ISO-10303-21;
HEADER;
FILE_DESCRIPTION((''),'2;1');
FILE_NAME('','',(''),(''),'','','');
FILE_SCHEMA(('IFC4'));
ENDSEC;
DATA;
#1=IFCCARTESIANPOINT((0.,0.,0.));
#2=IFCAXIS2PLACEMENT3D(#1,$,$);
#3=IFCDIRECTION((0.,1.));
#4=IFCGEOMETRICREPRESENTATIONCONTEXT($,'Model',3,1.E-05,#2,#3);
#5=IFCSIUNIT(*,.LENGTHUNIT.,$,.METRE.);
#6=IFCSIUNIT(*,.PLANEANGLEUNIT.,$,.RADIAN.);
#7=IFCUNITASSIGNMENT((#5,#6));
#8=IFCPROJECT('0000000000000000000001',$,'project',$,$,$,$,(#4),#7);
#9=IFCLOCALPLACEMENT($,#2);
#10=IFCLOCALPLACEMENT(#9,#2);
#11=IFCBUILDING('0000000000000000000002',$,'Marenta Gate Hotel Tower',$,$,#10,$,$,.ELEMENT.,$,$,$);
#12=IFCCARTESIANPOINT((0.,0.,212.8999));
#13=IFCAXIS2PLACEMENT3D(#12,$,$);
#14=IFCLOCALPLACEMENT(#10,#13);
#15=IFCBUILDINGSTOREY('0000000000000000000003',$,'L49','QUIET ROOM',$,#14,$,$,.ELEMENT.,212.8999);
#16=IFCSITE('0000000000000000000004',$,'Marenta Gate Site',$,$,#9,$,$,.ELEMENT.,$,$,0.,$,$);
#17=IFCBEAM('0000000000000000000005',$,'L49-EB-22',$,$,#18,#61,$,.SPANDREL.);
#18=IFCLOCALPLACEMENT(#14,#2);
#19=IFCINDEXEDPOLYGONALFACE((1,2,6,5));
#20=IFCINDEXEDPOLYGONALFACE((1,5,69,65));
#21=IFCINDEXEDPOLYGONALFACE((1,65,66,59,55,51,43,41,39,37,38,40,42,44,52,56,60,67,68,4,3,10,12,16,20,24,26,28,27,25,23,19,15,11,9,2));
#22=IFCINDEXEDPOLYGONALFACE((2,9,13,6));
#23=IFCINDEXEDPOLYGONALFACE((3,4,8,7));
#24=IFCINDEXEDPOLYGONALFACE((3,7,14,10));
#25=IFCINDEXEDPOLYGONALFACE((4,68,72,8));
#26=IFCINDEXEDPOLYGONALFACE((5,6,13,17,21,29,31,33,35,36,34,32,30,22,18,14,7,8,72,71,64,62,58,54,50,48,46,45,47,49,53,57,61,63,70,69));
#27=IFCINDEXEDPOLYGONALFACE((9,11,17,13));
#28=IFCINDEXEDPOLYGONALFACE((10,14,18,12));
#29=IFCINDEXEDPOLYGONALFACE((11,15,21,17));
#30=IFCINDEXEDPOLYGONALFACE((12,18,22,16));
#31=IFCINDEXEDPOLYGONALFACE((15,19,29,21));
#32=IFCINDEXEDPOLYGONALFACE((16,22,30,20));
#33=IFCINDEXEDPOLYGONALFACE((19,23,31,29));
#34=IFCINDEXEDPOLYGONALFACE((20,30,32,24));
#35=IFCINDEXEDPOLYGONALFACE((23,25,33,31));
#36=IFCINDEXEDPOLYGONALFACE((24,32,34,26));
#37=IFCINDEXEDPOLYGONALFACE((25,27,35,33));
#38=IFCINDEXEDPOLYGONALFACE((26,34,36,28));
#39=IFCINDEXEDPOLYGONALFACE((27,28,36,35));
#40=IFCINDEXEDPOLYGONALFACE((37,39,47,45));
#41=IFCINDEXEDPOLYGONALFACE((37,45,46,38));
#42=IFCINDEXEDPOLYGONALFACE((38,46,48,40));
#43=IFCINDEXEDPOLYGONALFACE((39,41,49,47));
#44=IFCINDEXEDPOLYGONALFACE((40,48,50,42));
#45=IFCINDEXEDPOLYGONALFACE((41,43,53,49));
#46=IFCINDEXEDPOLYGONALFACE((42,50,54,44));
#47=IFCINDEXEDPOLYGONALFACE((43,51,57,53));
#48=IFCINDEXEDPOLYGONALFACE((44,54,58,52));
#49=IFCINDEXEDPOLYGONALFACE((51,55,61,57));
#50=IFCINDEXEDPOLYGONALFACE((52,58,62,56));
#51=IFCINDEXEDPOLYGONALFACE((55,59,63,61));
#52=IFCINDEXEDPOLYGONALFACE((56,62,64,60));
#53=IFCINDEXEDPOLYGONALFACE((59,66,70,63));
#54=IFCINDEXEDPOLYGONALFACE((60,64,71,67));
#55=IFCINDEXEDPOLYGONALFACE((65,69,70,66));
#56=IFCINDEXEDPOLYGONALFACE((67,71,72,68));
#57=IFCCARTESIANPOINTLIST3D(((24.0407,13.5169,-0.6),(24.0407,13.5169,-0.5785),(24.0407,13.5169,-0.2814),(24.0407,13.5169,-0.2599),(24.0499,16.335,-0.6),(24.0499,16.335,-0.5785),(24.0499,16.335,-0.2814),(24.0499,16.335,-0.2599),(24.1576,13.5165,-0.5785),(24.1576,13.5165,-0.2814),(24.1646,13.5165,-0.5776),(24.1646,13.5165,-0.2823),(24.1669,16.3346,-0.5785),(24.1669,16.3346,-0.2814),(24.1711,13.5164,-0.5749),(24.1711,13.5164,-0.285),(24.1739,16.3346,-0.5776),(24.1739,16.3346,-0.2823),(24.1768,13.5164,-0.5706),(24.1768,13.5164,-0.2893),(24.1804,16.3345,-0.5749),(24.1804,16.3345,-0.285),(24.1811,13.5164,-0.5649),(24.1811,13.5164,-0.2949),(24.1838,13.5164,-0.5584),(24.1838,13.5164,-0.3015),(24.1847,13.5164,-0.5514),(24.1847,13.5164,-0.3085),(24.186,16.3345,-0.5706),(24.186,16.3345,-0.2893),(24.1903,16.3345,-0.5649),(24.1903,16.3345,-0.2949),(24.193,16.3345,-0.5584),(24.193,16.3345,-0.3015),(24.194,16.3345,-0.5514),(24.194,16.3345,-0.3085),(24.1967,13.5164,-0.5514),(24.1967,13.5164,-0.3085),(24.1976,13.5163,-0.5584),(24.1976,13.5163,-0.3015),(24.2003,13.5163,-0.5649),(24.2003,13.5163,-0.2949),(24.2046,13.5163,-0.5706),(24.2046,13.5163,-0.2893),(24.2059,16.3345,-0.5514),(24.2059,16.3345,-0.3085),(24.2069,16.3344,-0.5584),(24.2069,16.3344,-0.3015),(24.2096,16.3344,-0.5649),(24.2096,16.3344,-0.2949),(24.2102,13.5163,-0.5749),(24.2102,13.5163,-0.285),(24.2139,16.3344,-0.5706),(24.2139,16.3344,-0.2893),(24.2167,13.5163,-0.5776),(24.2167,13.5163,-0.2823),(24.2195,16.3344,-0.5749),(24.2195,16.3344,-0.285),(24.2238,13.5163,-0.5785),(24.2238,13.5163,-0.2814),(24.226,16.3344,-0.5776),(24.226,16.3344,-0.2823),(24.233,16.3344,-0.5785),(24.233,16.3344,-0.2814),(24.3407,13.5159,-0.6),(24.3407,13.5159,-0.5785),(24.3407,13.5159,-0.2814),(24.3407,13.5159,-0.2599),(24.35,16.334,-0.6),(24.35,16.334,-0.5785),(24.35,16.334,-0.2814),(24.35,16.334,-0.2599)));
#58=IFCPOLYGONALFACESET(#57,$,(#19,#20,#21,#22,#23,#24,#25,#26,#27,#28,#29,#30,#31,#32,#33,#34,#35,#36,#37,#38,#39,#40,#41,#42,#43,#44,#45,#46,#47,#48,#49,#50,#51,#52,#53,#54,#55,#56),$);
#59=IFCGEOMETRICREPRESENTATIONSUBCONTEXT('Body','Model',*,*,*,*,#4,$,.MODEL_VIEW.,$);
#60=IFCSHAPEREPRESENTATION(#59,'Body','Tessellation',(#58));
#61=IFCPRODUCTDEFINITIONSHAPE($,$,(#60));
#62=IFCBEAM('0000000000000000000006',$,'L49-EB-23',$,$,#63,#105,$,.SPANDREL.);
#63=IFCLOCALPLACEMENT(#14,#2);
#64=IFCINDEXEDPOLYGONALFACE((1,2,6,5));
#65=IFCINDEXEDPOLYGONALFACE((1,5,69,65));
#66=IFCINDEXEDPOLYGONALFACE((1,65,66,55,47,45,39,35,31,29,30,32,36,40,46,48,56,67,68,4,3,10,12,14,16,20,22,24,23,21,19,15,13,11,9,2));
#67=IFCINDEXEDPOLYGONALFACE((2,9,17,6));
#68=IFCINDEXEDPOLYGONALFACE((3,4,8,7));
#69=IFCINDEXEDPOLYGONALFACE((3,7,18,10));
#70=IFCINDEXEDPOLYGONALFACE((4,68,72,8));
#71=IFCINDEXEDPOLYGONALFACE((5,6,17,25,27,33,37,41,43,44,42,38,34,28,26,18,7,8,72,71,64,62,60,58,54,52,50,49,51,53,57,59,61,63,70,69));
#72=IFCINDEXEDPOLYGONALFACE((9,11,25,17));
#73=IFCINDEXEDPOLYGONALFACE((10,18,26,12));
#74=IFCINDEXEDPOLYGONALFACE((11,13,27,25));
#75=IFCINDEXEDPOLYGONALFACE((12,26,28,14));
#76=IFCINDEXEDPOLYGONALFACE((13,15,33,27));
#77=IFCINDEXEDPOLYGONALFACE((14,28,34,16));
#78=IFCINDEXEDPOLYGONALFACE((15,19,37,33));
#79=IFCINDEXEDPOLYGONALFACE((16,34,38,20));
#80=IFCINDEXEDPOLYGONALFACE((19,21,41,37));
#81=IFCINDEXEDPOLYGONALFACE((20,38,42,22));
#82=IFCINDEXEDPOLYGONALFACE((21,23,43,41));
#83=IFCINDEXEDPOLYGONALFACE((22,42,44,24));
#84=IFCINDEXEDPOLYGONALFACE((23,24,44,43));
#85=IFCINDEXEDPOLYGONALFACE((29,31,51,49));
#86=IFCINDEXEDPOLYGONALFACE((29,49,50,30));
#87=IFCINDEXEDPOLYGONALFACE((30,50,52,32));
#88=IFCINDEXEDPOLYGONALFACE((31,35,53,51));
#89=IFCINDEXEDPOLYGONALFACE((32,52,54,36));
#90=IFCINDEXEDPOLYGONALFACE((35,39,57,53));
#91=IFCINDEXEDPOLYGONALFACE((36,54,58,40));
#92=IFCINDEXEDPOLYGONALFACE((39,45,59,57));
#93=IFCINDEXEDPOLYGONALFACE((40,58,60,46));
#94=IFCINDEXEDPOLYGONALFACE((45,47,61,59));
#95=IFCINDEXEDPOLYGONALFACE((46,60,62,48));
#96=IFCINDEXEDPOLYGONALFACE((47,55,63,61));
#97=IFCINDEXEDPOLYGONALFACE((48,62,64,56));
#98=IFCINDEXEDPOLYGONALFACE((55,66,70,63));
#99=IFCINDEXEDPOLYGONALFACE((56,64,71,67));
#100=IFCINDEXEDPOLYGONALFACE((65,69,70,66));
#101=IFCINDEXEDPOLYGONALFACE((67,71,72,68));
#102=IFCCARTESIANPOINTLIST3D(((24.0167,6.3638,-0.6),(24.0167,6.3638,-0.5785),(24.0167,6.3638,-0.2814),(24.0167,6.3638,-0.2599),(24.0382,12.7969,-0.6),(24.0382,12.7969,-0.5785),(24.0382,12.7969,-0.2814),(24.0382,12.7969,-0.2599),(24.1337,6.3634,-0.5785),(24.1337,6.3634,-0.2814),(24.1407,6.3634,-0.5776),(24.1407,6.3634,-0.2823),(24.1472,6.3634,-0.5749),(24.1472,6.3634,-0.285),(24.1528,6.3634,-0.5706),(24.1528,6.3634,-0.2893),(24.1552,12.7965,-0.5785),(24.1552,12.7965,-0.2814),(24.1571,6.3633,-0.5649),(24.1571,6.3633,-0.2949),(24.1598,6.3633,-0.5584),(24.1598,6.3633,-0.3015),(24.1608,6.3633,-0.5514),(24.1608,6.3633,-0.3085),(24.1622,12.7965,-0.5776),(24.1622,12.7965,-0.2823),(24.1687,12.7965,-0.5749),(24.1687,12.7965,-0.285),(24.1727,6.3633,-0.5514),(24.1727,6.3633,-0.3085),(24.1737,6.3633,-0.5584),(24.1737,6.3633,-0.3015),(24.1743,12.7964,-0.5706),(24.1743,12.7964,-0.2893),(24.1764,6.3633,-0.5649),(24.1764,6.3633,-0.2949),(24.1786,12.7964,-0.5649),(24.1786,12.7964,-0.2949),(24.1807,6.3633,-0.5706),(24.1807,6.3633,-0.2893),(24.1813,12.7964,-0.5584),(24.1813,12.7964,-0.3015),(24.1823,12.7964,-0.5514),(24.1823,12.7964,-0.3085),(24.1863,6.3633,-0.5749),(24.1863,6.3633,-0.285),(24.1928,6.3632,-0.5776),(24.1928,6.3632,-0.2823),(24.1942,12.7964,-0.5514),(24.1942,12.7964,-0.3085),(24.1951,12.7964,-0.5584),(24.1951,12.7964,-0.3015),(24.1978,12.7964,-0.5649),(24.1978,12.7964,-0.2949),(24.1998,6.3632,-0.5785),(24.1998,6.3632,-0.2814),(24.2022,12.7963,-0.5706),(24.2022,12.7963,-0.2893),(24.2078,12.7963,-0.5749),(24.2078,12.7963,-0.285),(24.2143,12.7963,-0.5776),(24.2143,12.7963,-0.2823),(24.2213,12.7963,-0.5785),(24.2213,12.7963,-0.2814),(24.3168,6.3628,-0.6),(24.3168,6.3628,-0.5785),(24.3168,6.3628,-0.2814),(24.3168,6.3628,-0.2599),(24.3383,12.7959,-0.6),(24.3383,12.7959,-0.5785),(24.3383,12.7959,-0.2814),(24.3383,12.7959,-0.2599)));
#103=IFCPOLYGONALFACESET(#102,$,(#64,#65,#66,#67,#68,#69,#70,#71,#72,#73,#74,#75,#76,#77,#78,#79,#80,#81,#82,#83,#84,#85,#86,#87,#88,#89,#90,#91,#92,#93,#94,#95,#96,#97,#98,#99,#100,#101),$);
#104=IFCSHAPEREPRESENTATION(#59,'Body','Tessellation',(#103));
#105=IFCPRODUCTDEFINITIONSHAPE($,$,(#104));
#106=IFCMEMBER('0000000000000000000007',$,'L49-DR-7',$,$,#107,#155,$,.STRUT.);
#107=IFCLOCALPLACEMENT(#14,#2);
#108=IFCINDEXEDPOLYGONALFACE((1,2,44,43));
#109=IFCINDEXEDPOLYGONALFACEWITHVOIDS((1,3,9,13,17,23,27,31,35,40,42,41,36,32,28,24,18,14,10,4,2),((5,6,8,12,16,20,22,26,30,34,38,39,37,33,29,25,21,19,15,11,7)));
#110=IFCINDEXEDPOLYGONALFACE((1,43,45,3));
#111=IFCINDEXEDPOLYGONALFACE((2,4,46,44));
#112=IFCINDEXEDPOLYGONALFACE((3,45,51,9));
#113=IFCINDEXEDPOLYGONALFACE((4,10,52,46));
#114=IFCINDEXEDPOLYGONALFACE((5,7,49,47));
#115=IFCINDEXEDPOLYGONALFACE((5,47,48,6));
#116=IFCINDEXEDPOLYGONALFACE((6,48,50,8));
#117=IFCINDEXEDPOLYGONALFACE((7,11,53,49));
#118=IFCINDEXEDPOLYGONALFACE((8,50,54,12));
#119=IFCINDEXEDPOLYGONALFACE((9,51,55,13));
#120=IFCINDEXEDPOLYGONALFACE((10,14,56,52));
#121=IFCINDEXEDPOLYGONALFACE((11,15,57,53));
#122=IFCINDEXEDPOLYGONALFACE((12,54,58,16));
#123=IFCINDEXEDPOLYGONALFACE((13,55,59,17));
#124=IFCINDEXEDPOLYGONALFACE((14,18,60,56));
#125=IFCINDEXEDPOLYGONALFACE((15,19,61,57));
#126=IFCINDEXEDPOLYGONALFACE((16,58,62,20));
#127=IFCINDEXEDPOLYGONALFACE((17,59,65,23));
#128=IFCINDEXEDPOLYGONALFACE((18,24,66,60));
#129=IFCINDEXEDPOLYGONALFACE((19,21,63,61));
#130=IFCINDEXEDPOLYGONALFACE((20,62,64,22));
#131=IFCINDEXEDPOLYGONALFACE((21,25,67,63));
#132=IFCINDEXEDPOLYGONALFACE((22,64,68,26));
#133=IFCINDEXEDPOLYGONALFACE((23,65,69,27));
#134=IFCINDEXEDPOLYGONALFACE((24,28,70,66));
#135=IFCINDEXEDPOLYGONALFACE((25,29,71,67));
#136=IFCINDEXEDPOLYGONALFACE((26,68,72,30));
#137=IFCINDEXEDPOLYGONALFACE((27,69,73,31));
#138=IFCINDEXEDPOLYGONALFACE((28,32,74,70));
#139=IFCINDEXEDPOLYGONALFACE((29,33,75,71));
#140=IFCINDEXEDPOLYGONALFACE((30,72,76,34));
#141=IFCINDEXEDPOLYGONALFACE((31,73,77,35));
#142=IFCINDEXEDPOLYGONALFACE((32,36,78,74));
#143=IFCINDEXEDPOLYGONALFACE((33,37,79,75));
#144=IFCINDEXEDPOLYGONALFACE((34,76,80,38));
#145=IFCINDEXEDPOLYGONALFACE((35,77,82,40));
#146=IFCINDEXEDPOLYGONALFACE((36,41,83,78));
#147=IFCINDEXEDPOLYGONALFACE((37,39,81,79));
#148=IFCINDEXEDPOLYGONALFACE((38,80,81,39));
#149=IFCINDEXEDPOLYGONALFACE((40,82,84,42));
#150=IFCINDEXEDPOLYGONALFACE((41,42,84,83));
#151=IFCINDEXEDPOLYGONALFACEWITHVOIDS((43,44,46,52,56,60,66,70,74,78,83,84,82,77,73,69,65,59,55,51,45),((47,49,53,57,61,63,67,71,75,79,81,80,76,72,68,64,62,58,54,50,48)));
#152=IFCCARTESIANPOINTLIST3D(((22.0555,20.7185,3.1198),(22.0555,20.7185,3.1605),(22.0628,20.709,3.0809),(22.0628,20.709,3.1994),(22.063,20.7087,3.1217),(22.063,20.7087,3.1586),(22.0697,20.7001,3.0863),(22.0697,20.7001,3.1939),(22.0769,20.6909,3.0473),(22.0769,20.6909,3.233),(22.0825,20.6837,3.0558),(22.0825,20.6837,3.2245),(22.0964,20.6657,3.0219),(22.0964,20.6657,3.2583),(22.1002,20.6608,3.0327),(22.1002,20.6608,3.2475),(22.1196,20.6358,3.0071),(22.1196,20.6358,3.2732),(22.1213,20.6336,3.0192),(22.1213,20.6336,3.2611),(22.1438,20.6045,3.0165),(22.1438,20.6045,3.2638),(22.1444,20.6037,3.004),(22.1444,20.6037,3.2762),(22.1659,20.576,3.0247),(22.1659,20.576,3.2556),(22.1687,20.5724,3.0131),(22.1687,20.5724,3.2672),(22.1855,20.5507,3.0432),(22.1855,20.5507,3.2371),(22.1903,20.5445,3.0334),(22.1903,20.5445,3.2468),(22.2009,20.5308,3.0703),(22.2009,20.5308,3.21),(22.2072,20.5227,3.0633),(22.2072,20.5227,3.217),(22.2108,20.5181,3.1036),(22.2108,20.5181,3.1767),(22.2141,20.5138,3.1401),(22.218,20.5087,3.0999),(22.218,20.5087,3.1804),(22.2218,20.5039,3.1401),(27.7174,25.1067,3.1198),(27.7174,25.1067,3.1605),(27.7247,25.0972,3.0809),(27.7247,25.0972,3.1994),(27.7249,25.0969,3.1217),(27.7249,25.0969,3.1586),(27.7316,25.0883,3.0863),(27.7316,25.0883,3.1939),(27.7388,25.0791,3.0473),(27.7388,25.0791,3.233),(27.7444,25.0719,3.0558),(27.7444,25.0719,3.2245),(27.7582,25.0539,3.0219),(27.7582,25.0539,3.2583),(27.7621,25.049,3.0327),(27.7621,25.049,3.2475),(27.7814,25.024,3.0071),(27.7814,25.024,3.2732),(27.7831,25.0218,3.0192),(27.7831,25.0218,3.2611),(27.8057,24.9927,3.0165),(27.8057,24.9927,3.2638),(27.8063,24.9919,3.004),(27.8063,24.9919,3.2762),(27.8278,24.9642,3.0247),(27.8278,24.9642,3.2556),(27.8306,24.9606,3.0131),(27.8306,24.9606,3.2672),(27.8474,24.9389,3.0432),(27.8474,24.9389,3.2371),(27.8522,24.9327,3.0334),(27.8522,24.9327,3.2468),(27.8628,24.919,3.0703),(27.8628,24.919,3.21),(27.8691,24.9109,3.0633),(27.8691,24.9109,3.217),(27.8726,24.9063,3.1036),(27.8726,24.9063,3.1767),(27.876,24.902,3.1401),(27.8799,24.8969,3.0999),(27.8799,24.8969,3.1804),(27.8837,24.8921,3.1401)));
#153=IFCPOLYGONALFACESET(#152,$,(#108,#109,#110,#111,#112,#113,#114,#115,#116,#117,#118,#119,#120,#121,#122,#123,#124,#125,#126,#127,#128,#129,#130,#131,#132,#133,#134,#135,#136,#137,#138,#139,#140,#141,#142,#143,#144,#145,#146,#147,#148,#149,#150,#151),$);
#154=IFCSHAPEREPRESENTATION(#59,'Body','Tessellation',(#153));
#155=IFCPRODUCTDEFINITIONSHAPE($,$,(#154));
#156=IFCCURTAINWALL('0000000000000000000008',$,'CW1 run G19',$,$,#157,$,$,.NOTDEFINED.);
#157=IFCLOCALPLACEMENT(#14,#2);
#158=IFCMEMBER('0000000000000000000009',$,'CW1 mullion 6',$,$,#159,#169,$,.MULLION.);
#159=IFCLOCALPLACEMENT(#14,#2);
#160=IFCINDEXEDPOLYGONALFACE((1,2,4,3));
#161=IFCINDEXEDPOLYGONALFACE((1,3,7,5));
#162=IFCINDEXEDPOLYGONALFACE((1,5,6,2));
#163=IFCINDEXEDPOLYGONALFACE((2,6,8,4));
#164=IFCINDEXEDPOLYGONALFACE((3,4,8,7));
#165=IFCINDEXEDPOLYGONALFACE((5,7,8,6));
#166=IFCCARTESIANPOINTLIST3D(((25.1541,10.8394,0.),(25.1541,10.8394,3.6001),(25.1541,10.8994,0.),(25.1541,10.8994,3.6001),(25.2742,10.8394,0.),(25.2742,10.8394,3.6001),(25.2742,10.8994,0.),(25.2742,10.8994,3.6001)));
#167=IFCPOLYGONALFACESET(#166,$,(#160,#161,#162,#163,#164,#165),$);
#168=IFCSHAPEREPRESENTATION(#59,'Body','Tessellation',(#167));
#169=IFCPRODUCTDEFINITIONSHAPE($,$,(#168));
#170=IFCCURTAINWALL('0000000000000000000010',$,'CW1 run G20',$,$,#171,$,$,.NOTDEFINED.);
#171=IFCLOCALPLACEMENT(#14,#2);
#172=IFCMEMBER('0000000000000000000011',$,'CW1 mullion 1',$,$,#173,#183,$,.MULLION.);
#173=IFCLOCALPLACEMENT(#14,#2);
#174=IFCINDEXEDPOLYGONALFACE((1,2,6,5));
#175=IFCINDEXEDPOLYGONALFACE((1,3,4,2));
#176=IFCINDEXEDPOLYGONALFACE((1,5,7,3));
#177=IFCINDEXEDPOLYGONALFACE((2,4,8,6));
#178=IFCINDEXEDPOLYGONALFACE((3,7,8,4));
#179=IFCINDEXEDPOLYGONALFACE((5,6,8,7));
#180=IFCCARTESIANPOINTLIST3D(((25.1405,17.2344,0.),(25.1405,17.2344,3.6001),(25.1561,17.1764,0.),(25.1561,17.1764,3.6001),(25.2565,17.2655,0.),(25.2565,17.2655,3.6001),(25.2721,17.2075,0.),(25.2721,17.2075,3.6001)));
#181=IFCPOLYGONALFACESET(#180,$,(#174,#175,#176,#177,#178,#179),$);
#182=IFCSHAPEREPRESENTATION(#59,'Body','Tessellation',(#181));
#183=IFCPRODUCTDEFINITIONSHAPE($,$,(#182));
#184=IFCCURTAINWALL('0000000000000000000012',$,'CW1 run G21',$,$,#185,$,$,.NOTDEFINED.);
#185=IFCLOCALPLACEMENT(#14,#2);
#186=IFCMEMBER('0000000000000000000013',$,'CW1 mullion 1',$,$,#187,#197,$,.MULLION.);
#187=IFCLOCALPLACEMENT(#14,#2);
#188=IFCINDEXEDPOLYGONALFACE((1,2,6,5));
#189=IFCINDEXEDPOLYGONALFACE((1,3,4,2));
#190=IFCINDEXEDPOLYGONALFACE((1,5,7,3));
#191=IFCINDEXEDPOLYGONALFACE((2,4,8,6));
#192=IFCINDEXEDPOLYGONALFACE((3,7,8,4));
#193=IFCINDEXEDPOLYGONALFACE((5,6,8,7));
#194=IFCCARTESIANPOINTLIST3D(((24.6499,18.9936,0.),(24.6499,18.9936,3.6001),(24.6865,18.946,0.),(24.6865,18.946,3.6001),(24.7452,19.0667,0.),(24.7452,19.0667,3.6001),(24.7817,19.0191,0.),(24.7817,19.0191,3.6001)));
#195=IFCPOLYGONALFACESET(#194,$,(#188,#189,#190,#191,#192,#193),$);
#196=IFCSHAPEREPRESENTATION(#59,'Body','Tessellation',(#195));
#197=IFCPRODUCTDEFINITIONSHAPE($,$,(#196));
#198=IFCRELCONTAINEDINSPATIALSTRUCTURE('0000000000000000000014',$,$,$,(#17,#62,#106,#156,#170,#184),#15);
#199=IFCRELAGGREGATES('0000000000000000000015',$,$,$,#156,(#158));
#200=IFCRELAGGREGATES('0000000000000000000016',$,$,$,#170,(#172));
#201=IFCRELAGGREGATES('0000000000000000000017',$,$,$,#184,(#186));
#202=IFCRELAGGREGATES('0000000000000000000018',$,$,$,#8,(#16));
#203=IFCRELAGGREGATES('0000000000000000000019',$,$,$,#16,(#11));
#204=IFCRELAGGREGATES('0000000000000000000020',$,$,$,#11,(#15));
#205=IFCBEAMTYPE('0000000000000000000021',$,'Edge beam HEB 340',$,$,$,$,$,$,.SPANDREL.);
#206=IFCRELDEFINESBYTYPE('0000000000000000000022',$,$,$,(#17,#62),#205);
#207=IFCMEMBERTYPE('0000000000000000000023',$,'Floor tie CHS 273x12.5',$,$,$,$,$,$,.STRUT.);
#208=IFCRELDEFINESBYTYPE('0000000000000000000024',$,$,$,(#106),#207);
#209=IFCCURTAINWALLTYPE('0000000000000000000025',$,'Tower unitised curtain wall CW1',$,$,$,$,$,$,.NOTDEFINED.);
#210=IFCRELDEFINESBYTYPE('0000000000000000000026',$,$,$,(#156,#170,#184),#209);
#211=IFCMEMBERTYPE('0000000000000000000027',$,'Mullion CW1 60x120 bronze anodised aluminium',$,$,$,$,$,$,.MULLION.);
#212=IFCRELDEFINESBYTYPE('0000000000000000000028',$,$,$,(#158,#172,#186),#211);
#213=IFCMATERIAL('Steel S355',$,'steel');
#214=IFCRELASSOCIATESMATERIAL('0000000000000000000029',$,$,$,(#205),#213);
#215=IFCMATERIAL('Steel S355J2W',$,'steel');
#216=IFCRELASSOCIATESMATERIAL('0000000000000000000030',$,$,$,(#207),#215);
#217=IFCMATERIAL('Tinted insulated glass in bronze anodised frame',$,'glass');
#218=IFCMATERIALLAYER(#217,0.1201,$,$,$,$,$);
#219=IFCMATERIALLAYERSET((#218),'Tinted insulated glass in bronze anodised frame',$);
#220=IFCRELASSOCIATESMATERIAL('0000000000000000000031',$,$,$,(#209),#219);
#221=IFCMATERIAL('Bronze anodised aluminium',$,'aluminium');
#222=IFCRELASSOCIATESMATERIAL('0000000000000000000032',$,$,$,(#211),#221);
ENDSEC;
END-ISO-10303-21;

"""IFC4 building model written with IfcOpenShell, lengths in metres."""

from ifc_helpers import new_model, si_unit, direction, frame, origin, origin_2d, place, context, subcontext, project, spatial, rectangle, hollow_circle, i_section, extrude, material, layer, layer_set, material_profile, profile_set, type_object, element, aggregate, save


model = new_model("IFC4")

# Units and contexts
model_context = context("Model", 3, precision=1e-05, world=origin(), true_north=direction((0.0, 1.0)))
body_context = subcontext(model_context, "Body", "Model", "MODEL_VIEW")
ifc_project = project(units=[si_unit("LENGTHUNIT", "METRE"), si_unit("PLANEANGLEUNIT", "RADIAN")], contexts=[model_context])

# Site, building, storey
site_placement = place(None, origin())
site = spatial("IfcSite", under=ifc_project, at=site_placement, Name="Marenta Gate Site", CompositionType="ELEMENT", RefElevation=0.0)
building_placement = place(site_placement, origin())
building = spatial("IfcBuilding", under=site, at=building_placement, Name="Marenta Gate Hotel Tower", CompositionType="ELEMENT")
storey_placement = place(building_placement, frame((0.0, 0.0, 212.8999)))
storey = spatial("IfcBuildingStorey", under=building, at=storey_placement, Name="L49", Description="QUIET ROOM", CompositionType="ELEMENT", Elevation=212.8999)

# Beams
ifc_material_1 = material(Name="Steel S355", Category="steel")
ifc_material_profile_1 = material_profile(ifc_material_1, i_section(OverallWidth=0.3, OverallDepth=0.3401, WebThickness=0.012, FlangeThickness=0.0215, FilletRadius=0.0271, at=origin_2d()), Name="HEB 340")
ifc_profile_set_1 = profile_set([ifc_material_profile_1], Name="Steel S355")
beam_type = type_object("IfcBeamType", Name="Edge beam HEB 340", PredefinedType="SPANDREL", material=ifc_profile_set_1)
beam_1_placement = place(storey_placement, frame((24.2, 16.3345, -0.4299), z_axis=(-0.003292, -0.999995, 0.0), x_axis=(0.999995, -0.003292, 0.0)))
element("IfcBeam", 1, at=beam_1_placement, inside=storey, type_object=beam_type, Name="L49-EB-22", PredefinedType="SPANDREL", context=body_context, shape_type="SweptSolid", body=[
    extrude(i_section(OverallWidth=0.3, OverallDepth=0.3401, WebThickness=0.012, FlangeThickness=0.0215, FilletRadius=0.0271, at=origin_2d()), origin(), (0.0, 0.0, 1.0), 2.8181),
])
beam_2_placement = place(storey_placement, frame((24.1882, 12.7964, -0.4299), z_axis=(-0.00334, -0.999994, 0.0), x_axis=(0.999994, -0.00334, 0.0)))
element("IfcBeam", 2, at=beam_2_placement, inside=storey, type_object=beam_type, Name="L49-EB-23", PredefinedType="SPANDREL", context=body_context, shape_type="SweptSolid", body=[
    extrude(i_section(OverallWidth=0.3, OverallDepth=0.3401, WebThickness=0.012, FlangeThickness=0.0215, FilletRadius=0.0271, at=origin_2d()), origin(), (0.0, 0.0, 1.0), 6.4331),
])

# Member
ifc_material_2 = material(Name="Steel S355J2W", Category="steel")
ifc_material_profile_2 = material_profile(ifc_material_2, hollow_circle(Radius=0.1365, WallThickness=0.0125, at=origin_2d()), Name="CHS 273x12.5")
ifc_profile_set_2 = profile_set([ifc_material_profile_2], Name="Steel S355J2W")
member_type_1 = type_object("IfcMemberType", Name="Floor tie CHS 273x12.5", PredefinedType="STRUT", material=ifc_profile_set_2)
member_1_placement = place(storey_placement, frame((27.8, 25.0, 3.1401), z_axis=(-0.790399, -0.612592, 0.0), x_axis=(0.612592, -0.790399, 0.0)))
element("IfcMember", 3, at=member_1_placement, inside=storey, type_object=member_type_1, Name="L49-DR-7", PredefinedType="STRUT", context=body_context, shape_type="SweptSolid", body=[
    extrude(hollow_circle(Radius=0.1365, WallThickness=0.0125, at=origin_2d()), origin(), (0.0, 0.0, 1.0), 7.1633),
])

# Curtain walls, members
ifc_material_3 = material(Name="Tinted insulated glass in bronze anodised frame", Category="glass")
ifc_layer_1 = layer(ifc_material_3, 0.1201)
ifc_layer_set_1 = layer_set([ifc_layer_1], Name="Tinted insulated glass in bronze anodised frame")
curtain_wall_type = type_object("IfcCurtainWallType", Name="Tower unitised curtain wall CW1", PredefinedType="NOTDEFINED", material=ifc_layer_set_1)
curtain_wall_1_placement = place(storey_placement, origin())
curtain_wall_1 = element("IfcCurtainWall", 4, at=curtain_wall_1_placement, inside=storey, type_object=curtain_wall_type, Name="CW1 run G19", PredefinedType="NOTDEFINED")
ifc_material_4 = material(Name="Bronze anodised aluminium", Category="aluminium")
ifc_material_profile_3 = material_profile(ifc_material_4, rectangle(XDim=0.1201, YDim=0.0601, at=origin_2d()), Name="Mullion CW1 60x120 bronze anodised aluminium")
ifc_profile_set_3 = profile_set([ifc_material_profile_3], Name="Bronze anodised aluminium")
member_type_2 = type_object("IfcMemberType", Name="Mullion CW1 60x120 bronze anodised aluminium", PredefinedType="MULLION", material=ifc_profile_set_3)
member_2_placement = place(storey_placement, frame((25.2141, 10.8694, 0.0), z_axis=(0.0, 0.0, 1.0), x_axis=(-1.0, 0.0, 0.0)))
member_2 = element("IfcMember", 5, at=member_2_placement, type_object=member_type_2, Name="CW1 mullion 6", PredefinedType="MULLION", context=body_context, shape_type="SweptSolid", body=[
    extrude(rectangle(XDim=0.1201, YDim=0.0601, at=origin_2d()), origin(), (0.0, 0.0, 1.0), 3.6001),
])
curtain_wall_2_placement = place(storey_placement, origin())
curtain_wall_2 = element("IfcCurtainWall", 6, at=curtain_wall_2_placement, inside=storey, type_object=curtain_wall_type, Name="CW1 run G20", PredefinedType="NOTDEFINED")
member_3_placement = place(storey_placement, frame((25.2063, 17.2209, 0.0), z_axis=(0.0, 0.0, 1.0), x_axis=(-0.965924, -0.258824, 0.0)))
member_3 = element("IfcMember", 7, at=member_3_placement, type_object=member_type_2, Name="CW1 mullion 1", PredefinedType="MULLION", context=body_context, shape_type="SweptSolid", body=[
    extrude(rectangle(XDim=0.1201, YDim=0.0601, at=origin_2d()), origin(), (0.0, 0.0, 1.0), 3.6001),
])
curtain_wall_3_placement = place(storey_placement, origin())
curtain_wall_3 = element("IfcCurtainWall", 8, at=curtain_wall_3_placement, inside=storey, type_object=curtain_wall_type, Name="CW1 run G21", PredefinedType="NOTDEFINED")
member_4_placement = place(storey_placement, frame((24.7158, 19.0063, 0.0), z_axis=(0.0, 0.0, 1.0), x_axis=(-0.793333, -0.608787, 0.0)))
member_4 = element("IfcMember", 9, at=member_4_placement, type_object=member_type_2, Name="CW1 mullion 1", PredefinedType="MULLION", context=body_context, shape_type="SweptSolid", body=[
    extrude(rectangle(XDim=0.1201, YDim=0.0601, at=origin_2d()), origin(), (0.0, 0.0, 1.0), 3.6001),
])

aggregate(curtain_wall_1, [member_2])
aggregate(curtain_wall_2, [member_3])
aggregate(curtain_wall_3, [member_4])

save(model, "model.ifc")
